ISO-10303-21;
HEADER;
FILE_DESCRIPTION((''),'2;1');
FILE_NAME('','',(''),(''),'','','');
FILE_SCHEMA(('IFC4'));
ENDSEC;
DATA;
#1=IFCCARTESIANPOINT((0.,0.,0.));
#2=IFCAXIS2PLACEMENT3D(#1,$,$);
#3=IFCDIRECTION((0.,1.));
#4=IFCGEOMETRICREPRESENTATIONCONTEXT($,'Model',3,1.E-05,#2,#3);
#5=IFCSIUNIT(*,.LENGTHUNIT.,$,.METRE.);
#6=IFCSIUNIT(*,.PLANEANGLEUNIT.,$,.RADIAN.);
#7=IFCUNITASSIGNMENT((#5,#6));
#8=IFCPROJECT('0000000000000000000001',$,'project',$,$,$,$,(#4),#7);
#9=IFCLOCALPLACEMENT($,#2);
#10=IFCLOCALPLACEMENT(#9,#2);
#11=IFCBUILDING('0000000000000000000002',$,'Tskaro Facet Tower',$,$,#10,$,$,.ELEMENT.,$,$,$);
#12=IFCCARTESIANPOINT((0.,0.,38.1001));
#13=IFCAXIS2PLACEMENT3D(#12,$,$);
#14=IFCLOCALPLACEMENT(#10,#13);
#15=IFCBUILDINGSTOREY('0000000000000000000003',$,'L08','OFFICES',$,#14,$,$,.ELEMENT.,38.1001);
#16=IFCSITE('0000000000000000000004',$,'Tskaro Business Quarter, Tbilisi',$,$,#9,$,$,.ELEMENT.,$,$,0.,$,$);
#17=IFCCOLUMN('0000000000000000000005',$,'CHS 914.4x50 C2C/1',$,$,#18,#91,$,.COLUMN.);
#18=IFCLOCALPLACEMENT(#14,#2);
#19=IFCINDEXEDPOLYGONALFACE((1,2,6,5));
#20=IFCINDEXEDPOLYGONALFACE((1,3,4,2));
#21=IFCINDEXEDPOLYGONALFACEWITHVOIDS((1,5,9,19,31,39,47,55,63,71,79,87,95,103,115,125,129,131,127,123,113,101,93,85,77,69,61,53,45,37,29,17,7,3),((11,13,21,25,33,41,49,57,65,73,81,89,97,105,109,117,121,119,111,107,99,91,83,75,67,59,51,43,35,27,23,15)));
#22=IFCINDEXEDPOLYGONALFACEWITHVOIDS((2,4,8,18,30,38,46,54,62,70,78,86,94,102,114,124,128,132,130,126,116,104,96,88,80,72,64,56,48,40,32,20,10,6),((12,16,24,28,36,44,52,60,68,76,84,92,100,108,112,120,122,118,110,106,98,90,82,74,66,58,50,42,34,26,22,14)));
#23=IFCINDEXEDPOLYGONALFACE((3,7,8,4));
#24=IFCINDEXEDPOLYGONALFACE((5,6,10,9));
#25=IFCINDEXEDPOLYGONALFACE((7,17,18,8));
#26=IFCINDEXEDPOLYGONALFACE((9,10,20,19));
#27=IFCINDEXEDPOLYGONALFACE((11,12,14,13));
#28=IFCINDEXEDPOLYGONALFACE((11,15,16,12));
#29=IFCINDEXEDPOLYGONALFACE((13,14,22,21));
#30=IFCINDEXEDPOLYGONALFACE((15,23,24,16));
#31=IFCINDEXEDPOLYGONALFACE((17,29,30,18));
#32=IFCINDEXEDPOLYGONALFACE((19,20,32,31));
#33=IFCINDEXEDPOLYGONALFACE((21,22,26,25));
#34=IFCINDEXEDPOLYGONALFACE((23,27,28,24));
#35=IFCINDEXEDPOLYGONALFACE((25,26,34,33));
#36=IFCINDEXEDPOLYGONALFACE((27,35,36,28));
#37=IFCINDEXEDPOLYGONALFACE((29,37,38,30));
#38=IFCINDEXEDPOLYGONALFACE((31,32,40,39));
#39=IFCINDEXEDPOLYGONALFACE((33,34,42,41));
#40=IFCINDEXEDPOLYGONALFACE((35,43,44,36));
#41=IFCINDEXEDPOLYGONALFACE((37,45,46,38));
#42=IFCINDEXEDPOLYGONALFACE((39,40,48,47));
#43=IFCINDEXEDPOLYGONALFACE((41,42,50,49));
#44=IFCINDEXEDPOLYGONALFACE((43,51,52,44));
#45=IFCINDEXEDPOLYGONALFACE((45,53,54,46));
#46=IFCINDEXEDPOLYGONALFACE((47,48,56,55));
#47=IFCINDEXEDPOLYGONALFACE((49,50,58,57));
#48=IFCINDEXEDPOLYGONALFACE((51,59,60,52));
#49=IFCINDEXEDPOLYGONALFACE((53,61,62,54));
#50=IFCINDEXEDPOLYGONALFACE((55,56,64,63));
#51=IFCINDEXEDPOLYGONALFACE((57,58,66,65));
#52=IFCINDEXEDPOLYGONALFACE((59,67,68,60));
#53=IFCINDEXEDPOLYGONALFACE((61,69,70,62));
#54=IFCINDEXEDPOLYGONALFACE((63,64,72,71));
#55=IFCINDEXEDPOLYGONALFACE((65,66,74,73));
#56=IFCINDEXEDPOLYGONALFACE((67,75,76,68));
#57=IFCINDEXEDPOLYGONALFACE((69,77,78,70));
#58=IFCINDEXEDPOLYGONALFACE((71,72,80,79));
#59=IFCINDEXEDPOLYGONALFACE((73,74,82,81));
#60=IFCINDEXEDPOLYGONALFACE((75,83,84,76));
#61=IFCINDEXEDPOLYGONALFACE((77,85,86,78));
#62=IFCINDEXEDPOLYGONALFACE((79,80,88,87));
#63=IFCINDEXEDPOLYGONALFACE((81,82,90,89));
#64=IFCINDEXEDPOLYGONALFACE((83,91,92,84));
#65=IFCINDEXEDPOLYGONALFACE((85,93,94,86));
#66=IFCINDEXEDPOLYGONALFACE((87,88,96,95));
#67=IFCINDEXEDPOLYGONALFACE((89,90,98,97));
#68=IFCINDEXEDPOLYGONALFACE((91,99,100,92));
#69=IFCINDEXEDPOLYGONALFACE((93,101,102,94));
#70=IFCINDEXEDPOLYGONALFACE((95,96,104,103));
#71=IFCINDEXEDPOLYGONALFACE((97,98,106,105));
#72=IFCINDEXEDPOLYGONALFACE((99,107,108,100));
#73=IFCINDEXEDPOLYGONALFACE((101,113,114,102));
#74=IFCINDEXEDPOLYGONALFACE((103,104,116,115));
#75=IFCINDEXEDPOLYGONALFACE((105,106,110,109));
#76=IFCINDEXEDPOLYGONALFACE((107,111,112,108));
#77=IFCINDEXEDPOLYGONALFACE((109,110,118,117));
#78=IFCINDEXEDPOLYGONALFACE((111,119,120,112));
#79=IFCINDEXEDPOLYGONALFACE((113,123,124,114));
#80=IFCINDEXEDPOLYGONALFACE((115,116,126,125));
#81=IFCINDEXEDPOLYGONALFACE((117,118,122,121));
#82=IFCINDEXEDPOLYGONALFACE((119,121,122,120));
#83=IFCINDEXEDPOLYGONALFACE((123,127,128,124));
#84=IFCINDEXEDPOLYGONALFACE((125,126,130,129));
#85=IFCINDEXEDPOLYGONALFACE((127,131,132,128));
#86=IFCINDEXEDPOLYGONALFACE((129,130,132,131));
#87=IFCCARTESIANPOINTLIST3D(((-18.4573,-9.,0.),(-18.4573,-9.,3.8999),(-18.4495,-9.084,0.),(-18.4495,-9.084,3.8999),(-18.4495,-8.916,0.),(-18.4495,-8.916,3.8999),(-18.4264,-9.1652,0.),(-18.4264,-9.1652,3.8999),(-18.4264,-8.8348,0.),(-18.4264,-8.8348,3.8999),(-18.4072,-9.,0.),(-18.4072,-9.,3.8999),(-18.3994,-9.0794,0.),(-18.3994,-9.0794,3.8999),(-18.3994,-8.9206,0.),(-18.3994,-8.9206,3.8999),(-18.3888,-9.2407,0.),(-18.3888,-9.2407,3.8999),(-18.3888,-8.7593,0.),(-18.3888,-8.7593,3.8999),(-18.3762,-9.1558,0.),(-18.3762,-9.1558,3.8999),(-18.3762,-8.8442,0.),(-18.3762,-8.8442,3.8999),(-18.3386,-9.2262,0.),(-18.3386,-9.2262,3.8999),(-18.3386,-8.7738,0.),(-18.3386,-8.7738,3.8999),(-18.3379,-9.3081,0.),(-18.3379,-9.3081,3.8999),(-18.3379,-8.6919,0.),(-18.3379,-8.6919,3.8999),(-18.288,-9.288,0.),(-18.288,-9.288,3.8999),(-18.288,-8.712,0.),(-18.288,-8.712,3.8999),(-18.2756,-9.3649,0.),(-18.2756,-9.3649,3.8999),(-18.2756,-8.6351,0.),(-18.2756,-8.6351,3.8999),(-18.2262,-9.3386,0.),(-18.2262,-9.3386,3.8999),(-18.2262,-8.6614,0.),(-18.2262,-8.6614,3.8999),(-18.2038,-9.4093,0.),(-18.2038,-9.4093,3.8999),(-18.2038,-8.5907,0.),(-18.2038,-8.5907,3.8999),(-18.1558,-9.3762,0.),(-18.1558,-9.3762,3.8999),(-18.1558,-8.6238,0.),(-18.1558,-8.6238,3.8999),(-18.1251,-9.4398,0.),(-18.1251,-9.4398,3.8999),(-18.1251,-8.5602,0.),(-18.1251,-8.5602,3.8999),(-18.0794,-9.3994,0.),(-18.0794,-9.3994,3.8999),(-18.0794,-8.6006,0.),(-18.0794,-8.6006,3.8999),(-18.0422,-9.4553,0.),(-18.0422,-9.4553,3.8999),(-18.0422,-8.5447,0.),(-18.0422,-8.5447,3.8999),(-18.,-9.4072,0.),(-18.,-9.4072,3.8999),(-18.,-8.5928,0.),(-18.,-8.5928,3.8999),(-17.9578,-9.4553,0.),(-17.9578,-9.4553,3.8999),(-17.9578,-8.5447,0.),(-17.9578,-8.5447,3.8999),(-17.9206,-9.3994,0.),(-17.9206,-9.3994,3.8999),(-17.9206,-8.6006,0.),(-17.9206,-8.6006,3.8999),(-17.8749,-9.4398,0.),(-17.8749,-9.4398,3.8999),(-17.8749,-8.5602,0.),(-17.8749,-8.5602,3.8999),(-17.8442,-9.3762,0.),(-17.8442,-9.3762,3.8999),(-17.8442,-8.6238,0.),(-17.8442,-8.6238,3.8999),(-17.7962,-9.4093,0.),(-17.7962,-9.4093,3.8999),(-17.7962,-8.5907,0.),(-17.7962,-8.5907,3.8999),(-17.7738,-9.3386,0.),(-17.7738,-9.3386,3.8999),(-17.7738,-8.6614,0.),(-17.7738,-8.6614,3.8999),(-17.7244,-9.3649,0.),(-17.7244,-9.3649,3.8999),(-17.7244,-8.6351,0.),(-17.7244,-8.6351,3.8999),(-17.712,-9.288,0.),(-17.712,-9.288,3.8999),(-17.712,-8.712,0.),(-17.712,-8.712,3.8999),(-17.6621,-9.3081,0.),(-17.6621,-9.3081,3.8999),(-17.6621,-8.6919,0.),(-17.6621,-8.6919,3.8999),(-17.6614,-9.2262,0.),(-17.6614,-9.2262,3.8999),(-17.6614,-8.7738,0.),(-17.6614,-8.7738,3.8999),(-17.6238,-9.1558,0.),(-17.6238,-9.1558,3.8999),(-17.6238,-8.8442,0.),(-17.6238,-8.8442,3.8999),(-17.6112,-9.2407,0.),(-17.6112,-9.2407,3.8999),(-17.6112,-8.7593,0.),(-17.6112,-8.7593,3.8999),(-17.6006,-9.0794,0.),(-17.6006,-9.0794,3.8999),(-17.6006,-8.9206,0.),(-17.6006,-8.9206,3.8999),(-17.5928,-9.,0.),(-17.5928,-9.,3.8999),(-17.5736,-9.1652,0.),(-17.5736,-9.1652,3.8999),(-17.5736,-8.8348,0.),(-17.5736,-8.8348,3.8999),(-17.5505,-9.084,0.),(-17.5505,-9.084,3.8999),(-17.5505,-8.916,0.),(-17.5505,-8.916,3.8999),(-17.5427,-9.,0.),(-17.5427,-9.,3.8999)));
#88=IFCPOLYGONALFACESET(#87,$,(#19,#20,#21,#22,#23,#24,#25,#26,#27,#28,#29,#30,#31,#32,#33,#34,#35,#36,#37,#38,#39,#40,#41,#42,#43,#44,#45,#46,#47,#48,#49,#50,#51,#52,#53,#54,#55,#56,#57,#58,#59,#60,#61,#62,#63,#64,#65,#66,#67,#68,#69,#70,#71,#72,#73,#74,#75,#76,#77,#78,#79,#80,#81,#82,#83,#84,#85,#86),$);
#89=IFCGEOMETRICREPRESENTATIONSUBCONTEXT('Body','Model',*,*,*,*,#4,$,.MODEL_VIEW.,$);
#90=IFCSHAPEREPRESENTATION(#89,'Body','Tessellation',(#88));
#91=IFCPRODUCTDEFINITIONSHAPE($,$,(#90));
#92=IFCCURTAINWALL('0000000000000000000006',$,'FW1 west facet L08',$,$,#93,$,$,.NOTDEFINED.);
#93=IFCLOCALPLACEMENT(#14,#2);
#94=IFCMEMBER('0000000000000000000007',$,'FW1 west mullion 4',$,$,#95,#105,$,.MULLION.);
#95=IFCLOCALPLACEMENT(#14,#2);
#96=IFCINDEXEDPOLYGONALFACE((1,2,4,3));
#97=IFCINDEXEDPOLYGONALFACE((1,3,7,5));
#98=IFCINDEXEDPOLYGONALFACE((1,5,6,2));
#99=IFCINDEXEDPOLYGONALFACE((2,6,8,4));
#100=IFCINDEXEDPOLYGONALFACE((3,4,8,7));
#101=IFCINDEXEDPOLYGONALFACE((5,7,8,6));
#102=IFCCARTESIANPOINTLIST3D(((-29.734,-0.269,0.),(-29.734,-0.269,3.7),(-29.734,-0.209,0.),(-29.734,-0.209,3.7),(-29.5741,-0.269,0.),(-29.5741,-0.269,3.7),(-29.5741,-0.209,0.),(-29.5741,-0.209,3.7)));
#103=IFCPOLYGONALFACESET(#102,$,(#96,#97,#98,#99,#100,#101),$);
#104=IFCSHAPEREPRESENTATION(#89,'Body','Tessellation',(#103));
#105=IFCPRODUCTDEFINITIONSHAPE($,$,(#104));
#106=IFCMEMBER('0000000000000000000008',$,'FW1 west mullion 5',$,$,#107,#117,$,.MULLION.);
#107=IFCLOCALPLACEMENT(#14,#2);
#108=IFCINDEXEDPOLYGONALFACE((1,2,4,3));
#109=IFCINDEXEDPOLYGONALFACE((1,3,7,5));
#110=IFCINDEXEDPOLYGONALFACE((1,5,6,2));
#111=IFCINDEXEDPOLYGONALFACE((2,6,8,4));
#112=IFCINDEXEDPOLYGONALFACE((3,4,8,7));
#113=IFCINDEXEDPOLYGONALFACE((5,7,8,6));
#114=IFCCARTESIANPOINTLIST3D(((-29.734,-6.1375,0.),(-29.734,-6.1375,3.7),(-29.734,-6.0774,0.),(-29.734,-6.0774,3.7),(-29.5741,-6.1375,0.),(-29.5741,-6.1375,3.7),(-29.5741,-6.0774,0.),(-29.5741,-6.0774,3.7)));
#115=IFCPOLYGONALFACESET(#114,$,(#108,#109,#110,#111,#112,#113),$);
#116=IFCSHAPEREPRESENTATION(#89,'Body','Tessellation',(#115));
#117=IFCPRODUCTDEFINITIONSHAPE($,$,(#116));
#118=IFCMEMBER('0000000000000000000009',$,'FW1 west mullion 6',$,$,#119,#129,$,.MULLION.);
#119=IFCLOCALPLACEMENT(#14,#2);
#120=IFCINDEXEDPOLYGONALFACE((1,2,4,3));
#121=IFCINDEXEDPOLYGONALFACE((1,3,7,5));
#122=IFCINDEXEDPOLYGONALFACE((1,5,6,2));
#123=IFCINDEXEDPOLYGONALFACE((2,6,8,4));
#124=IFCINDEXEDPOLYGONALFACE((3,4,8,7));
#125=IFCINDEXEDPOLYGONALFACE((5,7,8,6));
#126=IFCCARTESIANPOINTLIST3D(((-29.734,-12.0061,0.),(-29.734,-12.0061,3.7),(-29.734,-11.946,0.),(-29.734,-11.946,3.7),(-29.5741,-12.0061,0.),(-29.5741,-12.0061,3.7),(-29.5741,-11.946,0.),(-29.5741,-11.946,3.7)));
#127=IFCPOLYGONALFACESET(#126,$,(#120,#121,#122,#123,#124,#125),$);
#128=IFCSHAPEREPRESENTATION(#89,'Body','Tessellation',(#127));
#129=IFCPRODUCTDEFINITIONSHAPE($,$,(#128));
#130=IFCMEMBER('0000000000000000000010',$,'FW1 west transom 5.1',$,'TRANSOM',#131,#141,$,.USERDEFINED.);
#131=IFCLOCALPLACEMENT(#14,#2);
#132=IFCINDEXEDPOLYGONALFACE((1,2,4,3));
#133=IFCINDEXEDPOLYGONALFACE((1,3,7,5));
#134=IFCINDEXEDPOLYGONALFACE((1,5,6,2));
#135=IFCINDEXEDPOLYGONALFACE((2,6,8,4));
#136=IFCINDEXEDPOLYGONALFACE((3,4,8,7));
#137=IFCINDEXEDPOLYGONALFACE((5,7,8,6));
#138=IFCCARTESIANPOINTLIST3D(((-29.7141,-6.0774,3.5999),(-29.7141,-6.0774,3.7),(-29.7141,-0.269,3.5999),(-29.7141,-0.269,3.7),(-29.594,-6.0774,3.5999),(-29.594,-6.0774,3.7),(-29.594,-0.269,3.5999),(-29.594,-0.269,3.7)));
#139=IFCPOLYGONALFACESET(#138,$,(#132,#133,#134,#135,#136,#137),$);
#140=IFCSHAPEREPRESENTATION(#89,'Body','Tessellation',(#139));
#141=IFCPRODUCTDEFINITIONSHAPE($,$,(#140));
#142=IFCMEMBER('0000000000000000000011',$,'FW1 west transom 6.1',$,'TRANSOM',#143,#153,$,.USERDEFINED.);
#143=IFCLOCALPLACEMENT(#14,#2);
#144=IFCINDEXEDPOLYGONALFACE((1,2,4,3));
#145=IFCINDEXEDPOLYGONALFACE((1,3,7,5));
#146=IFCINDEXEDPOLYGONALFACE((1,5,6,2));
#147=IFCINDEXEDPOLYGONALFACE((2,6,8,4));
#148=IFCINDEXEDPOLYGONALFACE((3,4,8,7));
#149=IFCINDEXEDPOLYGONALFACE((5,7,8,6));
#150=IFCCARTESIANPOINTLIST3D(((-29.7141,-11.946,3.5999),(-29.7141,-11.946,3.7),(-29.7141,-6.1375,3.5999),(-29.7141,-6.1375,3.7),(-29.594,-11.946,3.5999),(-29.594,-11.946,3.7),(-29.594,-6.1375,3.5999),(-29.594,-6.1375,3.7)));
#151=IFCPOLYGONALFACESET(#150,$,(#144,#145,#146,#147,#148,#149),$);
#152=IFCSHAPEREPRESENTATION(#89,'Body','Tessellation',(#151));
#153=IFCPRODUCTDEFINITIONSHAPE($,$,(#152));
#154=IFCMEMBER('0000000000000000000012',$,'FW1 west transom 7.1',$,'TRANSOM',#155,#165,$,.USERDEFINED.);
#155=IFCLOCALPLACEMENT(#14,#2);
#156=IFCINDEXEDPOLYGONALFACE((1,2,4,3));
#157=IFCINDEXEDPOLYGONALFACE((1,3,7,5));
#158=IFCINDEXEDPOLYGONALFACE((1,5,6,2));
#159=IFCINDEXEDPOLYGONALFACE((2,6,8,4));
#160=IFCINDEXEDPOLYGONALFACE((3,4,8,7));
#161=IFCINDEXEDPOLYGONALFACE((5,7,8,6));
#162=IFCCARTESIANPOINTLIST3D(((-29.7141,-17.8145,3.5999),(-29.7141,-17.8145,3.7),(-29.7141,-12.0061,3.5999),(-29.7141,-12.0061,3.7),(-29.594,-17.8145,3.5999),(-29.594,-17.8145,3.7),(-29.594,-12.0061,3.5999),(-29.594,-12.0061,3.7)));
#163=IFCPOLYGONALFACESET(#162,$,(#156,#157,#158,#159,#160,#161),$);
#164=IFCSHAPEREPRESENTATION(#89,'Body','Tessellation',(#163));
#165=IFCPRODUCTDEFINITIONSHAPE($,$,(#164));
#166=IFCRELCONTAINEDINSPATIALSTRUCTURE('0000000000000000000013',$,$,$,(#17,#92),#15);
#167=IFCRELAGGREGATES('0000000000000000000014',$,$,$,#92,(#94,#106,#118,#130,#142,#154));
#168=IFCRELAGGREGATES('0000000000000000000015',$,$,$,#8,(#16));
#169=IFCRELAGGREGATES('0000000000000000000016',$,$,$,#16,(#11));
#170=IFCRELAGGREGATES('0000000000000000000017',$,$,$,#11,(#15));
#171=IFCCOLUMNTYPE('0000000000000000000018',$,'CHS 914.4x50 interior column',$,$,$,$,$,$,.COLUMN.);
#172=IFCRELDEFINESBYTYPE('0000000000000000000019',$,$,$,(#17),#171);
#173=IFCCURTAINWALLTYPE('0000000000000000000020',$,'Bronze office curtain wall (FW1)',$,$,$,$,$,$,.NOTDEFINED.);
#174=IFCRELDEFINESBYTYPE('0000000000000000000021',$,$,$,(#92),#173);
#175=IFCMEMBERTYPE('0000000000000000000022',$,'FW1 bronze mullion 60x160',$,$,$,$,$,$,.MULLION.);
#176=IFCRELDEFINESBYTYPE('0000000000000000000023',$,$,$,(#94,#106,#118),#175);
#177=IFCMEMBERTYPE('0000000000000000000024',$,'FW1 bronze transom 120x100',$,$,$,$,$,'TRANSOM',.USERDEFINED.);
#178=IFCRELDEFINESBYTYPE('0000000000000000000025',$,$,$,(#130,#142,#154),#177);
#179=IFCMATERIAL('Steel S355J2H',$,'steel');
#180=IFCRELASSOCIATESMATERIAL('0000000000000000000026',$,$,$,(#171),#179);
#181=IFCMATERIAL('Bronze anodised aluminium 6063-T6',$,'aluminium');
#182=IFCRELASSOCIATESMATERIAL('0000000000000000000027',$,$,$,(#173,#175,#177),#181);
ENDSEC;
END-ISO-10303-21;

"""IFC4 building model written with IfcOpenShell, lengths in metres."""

from ifc_helpers import new_model, si_unit, direction, frame, origin, origin_2d, place, context, subcontext, project, spatial, rectangle, hollow_circle, extrude, material, material_profile, profile_set, type_object, element, aggregate, save


model = new_model("IFC4")

# Units and contexts
model_context = context("Model", 3, precision=1e-05, world=origin(), true_north=direction((0.0, 1.0)))
body_context = subcontext(model_context, "Body", "Model", "MODEL_VIEW")
ifc_project = project(units=[si_unit("LENGTHUNIT", "METRE"), si_unit("PLANEANGLEUNIT", "RADIAN")], contexts=[model_context])

# Site, building, storey
site_placement = place(None, origin())
site = spatial("IfcSite", under=ifc_project, at=site_placement, Name="Tskaro Business Quarter, Tbilisi", CompositionType="ELEMENT", RefElevation=0.0)
building_placement = place(site_placement, origin())
building = spatial("IfcBuilding", under=site, at=building_placement, Name="Tskaro Facet Tower", CompositionType="ELEMENT")
storey_placement = place(building_placement, frame((0.0, 0.0, 38.1001)))
storey = spatial("IfcBuildingStorey", under=building, at=storey_placement, Name="L08", Description="OFFICES", CompositionType="ELEMENT", Elevation=38.1001)

# Column
ifc_material_1 = material(Name="Steel S355J2H", Category="steel")
ifc_material_profile_1 = material_profile(ifc_material_1, hollow_circle(Radius=0.4573, WallThickness=0.05, at=origin_2d()), Name="CHS 914.4x50")
ifc_profile_set_1 = profile_set([ifc_material_profile_1], Name="Steel S355J2H")
column_type_1 = type_object("IfcColumnType", Name="CHS 914.4x50 interior column", PredefinedType="COLUMN", material=ifc_profile_set_1)
column_placement = place(storey_placement, frame((-18.0, -9.0, 0.0), z_axis=(0.0, 0.0, 1.0), x_axis=(1.0, 0.0, 0.0)))
element("IfcColumn", 1, at=column_placement, inside=storey, type_object=column_type_1, Name="CHS 914.4x50 C2C/1", PredefinedType="COLUMN", context=body_context, shape_type="SweptSolid", body=[
    extrude(hollow_circle(Radius=0.4573, WallThickness=0.05, at=origin_2d()), origin(), (0.0, 0.0, 1.0), 3.8999),
])

# Curtain wall, members
ifc_material_2 = material(Name="Bronze anodised aluminium 6063-T6", Category="aluminium")
curtain_wall_type = type_object("IfcCurtainWallType", Name="Bronze office curtain wall (FW1)", PredefinedType="NOTDEFINED", material=ifc_material_2)
curtain_wall_placement = place(storey_placement, origin())
curtain_wall = element("IfcCurtainWall", 2, at=curtain_wall_placement, inside=storey, type_object=curtain_wall_type, Name="FW1 west facet L08", PredefinedType="NOTDEFINED")
ifc_material_profile_2 = material_profile(ifc_material_2, rectangle(XDim=0.0601, YDim=0.1599, at=origin_2d()), Name="Mullion 60x160")
ifc_profile_set_2 = profile_set([ifc_material_profile_2], Name="Bronze anodised aluminium 6063-T6")
member_type_1 = type_object("IfcMemberType", Name="FW1 bronze mullion 60x160", PredefinedType="MULLION", material=ifc_profile_set_2)
member_1_placement = place(storey_placement, frame((-29.6541, -0.239, 0.0), z_axis=(0.0, 0.0, 1.0), x_axis=(0.0, -1.0, 0.0)))
member_1 = element("IfcMember", 3, at=member_1_placement, type_object=member_type_1, Name="FW1 west mullion 4", PredefinedType="MULLION", context=body_context, shape_type="SweptSolid", body=[
    extrude(rectangle(XDim=0.0601, YDim=0.1599, at=origin_2d()), origin(), (0.0, 0.0, 1.0), 3.7),
])
member_2_placement = place(storey_placement, frame((-29.6541, -6.1074, 0.0), z_axis=(0.0, 0.0, 1.0), x_axis=(0.0, -1.0, 0.0)))
member_2 = element("IfcMember", 4, at=member_2_placement, type_object=member_type_1, Name="FW1 west mullion 5", PredefinedType="MULLION", context=body_context, shape_type="SweptSolid", body=[
    extrude(rectangle(XDim=0.0601, YDim=0.1599, at=origin_2d()), origin(), (0.0, 0.0, 1.0), 3.7),
])
member_3_placement = place(storey_placement, frame((-29.6541, -11.9761, 0.0), z_axis=(0.0, 0.0, 1.0), x_axis=(0.0, -1.0, 0.0)))
member_3 = element("IfcMember", 5, at=member_3_placement, type_object=member_type_1, Name="FW1 west mullion 6", PredefinedType="MULLION", context=body_context, shape_type="SweptSolid", body=[
    extrude(rectangle(XDim=0.0601, YDim=0.1599, at=origin_2d()), origin(), (0.0, 0.0, 1.0), 3.7),
])
ifc_material_profile_3 = material_profile(ifc_material_2, rectangle(XDim=0.1201, YDim=0.1001, at=origin_2d()), Name="Transom 120x100")
ifc_profile_set_3 = profile_set([ifc_material_profile_3], Name="Bronze anodised aluminium 6063-T6")
member_type_2 = type_object("IfcMemberType", Name="FW1 bronze transom 120x100", ElementType="TRANSOM", PredefinedType="USERDEFINED", material=ifc_profile_set_3)
member_4_placement = place(storey_placement, frame((-29.6541, -0.269, 3.6499), z_axis=(0.0, -1.0, 0.0), x_axis=(1.0, 0.0, 0.0)))
member_4 = element("IfcMember", 6, at=member_4_placement, type_object=member_type_2, Name="FW1 west transom 5.1", ObjectType="TRANSOM", PredefinedType="USERDEFINED", context=body_context, shape_type="SweptSolid", body=[
    extrude(rectangle(XDim=0.1201, YDim=0.1001, at=origin_2d()), origin(), (0.0, 0.0, 1.0), 5.8083),
])
member_5_placement = place(storey_placement, frame((-29.6541, -6.1375, 3.6499), z_axis=(0.0, -1.0, 0.0), x_axis=(1.0, 0.0, 0.0)))
member_5 = element("IfcMember", 7, at=member_5_placement, type_object=member_type_2, Name="FW1 west transom 6.1", ObjectType="TRANSOM", PredefinedType="USERDEFINED", context=body_context, shape_type="SweptSolid", body=[
    extrude(rectangle(XDim=0.1201, YDim=0.1001, at=origin_2d()), origin(), (0.0, 0.0, 1.0), 5.8086),
])
member_6_placement = place(storey_placement, frame((-29.6541, -12.0061, 3.6499), z_axis=(0.0, -1.0, 0.0), x_axis=(1.0, 0.0, 0.0)))
member_6 = element("IfcMember", 8, at=member_6_placement, type_object=member_type_2, Name="FW1 west transom 7.1", ObjectType="TRANSOM", PredefinedType="USERDEFINED", context=body_context, shape_type="SweptSolid", body=[
    extrude(rectangle(XDim=0.1201, YDim=0.1001, at=origin_2d()), origin(), (0.0, 0.0, 1.0), 5.8083),
])

aggregate(curtain_wall, [member_1, member_2, member_3, member_4, member_5, member_6])

save(model, "model.ifc")
